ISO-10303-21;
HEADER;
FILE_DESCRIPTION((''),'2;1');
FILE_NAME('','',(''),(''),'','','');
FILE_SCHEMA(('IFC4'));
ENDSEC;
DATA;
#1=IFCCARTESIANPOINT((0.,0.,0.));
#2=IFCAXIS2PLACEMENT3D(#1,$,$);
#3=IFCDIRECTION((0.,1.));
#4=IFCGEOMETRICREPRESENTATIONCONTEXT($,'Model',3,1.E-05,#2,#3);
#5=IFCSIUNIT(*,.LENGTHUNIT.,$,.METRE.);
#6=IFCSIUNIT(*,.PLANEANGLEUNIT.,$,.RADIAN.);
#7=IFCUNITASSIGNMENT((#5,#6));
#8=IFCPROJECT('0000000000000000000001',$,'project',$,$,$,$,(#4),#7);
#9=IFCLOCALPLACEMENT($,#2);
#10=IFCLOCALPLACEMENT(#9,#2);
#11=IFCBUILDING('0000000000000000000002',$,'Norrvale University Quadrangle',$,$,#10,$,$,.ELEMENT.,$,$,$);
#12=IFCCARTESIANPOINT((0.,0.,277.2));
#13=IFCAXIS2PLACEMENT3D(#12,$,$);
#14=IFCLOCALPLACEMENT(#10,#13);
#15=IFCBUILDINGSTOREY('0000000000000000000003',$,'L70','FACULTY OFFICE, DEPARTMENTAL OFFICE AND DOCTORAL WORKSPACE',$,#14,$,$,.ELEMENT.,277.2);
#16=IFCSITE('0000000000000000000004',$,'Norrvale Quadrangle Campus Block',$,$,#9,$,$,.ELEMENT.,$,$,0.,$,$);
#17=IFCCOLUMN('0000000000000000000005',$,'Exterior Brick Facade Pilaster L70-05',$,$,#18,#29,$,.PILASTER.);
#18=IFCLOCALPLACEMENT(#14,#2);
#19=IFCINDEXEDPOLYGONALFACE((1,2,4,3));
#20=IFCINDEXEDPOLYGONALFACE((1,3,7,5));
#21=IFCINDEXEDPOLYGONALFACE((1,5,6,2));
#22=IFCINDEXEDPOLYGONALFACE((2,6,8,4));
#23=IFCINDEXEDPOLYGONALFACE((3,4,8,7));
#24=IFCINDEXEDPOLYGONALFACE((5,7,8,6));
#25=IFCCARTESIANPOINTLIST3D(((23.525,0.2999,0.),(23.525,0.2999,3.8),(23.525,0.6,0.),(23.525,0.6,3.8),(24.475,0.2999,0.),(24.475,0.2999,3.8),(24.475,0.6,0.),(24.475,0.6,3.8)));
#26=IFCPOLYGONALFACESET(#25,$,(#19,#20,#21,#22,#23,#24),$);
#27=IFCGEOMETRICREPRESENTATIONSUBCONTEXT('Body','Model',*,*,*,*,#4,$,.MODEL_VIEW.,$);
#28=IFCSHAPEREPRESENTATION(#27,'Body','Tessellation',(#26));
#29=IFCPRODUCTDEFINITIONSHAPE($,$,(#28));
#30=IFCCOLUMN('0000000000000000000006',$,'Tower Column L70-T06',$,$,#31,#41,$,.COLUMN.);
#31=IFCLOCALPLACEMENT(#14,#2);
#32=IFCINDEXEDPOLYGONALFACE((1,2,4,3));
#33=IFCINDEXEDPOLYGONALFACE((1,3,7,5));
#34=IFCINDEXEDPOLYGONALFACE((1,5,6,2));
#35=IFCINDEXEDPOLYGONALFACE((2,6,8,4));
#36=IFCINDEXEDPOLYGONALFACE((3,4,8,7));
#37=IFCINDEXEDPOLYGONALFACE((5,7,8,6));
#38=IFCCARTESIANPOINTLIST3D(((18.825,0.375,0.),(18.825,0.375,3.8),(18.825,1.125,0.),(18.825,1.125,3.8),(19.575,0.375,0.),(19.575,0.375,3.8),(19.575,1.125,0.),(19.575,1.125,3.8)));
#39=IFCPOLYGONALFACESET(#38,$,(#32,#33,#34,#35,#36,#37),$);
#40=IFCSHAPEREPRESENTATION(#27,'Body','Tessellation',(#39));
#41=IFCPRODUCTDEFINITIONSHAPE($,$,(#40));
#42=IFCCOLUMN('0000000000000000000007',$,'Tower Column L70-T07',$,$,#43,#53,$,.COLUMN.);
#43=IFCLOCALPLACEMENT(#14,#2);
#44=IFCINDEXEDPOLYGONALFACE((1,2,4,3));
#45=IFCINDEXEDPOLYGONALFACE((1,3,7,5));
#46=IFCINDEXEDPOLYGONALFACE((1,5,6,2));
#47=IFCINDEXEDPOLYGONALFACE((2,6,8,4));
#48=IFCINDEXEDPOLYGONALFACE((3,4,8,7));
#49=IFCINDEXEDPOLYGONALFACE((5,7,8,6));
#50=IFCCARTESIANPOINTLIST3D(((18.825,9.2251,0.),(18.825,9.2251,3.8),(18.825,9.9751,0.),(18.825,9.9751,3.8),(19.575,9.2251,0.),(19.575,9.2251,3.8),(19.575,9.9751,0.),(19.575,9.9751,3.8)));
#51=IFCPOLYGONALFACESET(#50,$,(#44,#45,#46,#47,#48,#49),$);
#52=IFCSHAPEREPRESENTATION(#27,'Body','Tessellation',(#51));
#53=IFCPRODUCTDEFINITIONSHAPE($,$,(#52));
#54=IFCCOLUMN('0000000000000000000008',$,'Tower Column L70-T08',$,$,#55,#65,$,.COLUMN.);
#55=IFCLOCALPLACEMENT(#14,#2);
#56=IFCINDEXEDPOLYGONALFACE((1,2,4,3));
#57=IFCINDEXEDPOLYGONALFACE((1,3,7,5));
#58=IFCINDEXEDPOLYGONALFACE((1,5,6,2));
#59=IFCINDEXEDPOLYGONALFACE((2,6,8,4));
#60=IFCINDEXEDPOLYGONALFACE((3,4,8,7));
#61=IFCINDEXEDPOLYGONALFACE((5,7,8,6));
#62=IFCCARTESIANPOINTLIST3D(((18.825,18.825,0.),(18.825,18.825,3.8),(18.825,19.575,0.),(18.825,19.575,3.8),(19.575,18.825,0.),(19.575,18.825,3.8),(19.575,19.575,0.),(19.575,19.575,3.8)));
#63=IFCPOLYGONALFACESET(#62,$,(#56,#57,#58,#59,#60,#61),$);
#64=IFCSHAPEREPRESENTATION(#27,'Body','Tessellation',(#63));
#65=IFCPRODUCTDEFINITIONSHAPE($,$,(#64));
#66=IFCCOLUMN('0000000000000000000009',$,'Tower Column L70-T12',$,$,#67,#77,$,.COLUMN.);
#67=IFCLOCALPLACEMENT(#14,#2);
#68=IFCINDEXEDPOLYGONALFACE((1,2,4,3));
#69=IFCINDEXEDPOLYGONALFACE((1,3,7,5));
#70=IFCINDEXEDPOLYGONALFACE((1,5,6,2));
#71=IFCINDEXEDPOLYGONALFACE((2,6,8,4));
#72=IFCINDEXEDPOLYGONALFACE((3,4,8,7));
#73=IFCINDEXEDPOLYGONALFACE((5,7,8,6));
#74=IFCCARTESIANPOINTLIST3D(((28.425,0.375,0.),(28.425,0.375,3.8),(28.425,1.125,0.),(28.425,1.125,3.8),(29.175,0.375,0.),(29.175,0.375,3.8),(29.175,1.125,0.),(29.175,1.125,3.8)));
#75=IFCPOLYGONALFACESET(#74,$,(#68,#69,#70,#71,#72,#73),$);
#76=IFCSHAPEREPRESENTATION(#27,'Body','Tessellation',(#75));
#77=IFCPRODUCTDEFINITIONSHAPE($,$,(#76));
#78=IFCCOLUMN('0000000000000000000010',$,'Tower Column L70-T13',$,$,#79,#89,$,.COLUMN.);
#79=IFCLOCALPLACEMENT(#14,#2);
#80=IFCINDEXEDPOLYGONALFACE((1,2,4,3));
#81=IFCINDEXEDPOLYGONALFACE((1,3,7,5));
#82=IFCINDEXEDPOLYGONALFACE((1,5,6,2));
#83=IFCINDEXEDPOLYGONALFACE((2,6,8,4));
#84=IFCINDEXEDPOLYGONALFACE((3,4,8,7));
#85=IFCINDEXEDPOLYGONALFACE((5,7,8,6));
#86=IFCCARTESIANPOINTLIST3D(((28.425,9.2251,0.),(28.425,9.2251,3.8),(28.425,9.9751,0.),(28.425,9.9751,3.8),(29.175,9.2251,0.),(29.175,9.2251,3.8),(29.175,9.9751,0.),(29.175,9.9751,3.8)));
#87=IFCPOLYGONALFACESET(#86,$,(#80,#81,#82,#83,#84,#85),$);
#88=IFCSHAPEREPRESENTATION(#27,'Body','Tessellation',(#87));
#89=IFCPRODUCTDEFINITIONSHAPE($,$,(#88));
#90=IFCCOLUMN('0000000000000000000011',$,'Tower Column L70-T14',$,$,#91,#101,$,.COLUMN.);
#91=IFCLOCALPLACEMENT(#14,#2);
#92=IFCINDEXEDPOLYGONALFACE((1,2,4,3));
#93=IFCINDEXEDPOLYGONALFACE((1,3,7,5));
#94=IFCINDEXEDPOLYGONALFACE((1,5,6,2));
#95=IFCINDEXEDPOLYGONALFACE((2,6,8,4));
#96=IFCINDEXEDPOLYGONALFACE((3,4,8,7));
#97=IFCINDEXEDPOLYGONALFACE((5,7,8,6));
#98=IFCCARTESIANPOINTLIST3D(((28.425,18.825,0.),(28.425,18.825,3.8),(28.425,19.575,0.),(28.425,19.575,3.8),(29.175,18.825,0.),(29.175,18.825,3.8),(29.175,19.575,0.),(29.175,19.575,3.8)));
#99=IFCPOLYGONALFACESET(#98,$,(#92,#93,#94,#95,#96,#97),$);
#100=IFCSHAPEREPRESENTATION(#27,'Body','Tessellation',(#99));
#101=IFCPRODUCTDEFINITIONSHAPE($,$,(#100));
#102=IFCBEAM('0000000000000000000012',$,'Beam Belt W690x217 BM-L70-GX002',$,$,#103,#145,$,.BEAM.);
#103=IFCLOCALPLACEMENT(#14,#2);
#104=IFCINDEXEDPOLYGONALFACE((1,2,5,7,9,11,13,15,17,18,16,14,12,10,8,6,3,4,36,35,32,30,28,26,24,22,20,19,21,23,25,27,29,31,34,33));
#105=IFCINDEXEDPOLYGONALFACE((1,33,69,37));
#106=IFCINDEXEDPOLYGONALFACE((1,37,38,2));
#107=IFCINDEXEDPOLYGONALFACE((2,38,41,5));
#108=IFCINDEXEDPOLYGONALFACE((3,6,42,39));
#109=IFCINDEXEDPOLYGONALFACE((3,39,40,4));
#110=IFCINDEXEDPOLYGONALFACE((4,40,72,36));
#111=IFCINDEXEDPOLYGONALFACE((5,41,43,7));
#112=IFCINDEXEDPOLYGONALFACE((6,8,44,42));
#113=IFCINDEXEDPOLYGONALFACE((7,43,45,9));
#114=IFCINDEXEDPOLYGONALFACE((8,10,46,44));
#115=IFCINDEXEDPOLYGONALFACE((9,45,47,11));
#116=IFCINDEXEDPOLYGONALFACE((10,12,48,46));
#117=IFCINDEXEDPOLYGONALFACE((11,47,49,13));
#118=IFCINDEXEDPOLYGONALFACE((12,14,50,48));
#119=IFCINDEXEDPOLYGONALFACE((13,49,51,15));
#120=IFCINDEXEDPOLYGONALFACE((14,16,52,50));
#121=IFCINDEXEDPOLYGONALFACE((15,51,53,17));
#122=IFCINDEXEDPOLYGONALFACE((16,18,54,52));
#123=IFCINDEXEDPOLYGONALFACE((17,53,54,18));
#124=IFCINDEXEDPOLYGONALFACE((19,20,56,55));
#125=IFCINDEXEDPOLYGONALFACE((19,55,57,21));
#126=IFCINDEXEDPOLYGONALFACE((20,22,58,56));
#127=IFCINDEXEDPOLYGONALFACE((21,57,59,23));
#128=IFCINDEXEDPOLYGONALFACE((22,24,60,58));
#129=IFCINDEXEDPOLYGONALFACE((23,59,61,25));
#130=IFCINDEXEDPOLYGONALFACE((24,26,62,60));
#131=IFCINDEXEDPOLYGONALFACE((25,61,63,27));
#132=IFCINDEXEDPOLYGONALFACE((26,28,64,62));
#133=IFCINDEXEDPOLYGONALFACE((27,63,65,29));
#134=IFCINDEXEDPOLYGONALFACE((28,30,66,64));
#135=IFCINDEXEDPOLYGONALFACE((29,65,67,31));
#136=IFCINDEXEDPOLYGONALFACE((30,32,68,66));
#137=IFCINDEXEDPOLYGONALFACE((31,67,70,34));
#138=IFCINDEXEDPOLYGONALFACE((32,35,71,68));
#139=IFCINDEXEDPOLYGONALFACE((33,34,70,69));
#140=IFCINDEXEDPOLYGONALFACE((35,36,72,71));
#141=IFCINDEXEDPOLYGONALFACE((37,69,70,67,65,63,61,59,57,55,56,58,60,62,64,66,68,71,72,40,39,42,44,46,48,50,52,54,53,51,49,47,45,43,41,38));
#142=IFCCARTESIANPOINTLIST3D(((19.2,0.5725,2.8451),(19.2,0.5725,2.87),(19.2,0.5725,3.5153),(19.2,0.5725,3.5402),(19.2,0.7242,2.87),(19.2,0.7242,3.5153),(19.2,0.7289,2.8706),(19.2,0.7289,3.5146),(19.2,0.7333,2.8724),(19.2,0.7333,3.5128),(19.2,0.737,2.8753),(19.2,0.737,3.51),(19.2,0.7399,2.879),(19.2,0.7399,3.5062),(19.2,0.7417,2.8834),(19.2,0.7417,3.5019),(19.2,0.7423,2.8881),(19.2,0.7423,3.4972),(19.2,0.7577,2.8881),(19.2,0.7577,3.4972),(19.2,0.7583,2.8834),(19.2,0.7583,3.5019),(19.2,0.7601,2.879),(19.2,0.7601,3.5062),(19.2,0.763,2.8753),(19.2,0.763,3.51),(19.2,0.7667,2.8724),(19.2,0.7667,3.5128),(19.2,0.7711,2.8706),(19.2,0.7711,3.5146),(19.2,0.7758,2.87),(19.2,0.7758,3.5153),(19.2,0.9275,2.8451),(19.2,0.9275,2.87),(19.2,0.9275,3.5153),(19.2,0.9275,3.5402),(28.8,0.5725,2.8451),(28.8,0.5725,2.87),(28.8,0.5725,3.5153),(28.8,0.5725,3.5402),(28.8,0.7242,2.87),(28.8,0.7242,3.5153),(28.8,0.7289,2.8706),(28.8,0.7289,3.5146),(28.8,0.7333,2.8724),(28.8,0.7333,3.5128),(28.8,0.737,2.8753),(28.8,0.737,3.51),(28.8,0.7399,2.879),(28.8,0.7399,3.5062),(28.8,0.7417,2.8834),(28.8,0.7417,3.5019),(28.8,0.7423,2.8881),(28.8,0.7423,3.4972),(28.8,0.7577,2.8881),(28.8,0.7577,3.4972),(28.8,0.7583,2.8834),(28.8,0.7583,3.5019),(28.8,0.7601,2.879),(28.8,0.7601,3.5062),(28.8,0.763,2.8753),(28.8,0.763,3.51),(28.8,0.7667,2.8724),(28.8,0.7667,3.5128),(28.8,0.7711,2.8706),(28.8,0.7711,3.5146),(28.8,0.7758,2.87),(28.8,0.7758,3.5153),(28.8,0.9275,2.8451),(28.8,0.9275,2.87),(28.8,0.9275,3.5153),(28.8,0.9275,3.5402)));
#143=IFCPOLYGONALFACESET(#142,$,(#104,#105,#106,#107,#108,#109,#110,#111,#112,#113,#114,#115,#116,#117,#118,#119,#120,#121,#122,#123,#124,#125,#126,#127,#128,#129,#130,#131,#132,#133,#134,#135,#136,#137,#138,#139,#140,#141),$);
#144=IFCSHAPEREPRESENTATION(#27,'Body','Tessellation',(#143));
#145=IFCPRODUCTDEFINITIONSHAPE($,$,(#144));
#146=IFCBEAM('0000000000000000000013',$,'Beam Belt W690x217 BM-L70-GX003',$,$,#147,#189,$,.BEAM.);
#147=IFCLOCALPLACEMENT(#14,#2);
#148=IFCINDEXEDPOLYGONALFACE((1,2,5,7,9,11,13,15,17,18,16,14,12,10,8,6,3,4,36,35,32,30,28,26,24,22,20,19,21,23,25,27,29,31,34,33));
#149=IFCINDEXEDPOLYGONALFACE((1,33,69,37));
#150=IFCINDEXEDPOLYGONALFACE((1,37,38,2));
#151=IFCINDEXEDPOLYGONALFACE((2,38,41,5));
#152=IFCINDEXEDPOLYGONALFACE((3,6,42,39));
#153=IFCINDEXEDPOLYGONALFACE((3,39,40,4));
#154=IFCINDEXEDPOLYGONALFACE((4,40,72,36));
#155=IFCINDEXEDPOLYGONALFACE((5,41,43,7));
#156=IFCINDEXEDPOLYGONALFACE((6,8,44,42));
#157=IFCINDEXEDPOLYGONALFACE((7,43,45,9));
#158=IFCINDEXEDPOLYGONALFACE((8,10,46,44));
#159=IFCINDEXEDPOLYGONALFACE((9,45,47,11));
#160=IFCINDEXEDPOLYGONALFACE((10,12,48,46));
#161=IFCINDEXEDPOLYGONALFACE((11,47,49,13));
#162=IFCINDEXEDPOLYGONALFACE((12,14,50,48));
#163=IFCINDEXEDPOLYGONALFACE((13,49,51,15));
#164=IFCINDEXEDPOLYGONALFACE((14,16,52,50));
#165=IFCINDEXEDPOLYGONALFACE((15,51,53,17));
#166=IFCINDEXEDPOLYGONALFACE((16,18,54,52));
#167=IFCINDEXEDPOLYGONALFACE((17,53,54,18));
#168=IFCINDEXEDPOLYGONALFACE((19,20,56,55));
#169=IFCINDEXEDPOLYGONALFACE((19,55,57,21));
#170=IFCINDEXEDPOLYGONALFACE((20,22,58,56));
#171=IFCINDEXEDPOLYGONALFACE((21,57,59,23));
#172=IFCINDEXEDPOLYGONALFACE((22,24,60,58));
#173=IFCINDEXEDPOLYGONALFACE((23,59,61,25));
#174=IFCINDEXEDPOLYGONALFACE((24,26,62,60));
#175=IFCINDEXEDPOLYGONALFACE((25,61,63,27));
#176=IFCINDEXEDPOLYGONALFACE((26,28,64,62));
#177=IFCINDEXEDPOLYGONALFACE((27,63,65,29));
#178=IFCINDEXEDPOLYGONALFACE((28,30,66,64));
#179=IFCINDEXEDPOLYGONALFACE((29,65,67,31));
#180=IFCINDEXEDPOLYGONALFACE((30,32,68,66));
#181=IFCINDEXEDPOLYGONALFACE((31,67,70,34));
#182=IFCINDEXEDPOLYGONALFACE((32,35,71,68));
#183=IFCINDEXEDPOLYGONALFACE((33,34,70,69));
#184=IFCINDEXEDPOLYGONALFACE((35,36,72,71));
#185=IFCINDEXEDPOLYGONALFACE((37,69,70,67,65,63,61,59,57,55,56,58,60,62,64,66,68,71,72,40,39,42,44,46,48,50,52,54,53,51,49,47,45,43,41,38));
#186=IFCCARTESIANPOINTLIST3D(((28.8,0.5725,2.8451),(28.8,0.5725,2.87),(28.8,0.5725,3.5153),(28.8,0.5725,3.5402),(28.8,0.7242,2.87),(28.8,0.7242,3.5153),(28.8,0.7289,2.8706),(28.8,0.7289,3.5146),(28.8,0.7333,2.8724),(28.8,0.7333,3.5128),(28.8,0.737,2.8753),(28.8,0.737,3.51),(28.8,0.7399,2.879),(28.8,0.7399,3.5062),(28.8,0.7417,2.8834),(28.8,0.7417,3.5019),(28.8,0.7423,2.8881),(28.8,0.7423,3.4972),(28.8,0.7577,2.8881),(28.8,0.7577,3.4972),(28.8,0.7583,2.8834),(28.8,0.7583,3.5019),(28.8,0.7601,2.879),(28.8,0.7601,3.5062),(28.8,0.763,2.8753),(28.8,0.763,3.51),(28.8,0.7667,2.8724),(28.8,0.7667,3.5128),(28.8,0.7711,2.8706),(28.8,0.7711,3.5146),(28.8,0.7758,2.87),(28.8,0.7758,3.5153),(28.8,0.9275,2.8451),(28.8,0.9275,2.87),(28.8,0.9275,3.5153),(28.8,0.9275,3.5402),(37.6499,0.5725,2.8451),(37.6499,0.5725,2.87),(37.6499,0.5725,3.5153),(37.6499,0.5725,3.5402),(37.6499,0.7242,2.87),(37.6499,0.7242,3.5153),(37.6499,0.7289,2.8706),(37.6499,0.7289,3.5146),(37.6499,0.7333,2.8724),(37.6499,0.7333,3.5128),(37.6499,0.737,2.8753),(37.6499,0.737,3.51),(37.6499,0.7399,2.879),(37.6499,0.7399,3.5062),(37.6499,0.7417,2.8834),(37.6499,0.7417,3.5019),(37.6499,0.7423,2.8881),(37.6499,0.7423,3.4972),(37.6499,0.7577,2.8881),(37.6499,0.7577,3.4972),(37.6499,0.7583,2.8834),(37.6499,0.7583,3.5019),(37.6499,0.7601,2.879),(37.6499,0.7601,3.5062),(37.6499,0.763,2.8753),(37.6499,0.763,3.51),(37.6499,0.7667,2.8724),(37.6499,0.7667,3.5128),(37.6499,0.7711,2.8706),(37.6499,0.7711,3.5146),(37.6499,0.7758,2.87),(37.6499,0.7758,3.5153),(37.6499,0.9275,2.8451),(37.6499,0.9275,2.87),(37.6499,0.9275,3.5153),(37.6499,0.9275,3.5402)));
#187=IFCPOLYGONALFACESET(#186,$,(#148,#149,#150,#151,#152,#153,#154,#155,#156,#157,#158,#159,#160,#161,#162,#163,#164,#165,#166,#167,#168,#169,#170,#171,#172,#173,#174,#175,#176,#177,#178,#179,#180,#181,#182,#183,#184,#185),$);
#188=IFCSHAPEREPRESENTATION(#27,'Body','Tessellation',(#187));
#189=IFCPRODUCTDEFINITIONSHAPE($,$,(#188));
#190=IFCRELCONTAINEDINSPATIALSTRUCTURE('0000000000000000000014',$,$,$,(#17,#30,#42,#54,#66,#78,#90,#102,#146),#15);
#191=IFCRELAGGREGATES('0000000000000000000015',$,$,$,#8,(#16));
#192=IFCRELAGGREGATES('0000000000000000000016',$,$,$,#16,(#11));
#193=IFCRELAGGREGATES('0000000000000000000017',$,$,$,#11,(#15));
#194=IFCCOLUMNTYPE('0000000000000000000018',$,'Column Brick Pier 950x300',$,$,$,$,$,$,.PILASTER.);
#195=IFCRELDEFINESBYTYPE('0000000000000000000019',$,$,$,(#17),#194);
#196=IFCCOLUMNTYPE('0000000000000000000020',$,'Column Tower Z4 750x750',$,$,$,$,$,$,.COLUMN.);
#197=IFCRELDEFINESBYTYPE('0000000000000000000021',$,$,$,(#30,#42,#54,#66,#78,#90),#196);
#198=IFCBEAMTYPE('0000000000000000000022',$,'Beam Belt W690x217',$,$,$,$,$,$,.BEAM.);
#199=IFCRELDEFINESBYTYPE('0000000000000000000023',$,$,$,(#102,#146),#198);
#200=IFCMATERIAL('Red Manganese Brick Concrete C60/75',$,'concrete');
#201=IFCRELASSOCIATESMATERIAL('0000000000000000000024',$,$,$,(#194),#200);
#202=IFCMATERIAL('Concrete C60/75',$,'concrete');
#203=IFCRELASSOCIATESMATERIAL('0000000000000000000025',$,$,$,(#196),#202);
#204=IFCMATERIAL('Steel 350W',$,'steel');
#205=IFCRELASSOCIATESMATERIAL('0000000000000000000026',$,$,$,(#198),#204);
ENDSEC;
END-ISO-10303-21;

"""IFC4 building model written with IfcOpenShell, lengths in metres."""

from ifc_helpers import new_model, si_unit, direction, frame, origin, origin_2d, place, context, subcontext, project, spatial, rectangle, i_section, extrude, material, material_profile, profile_set, type_object, element, save


model = new_model("IFC4")

# Units and contexts
model_context = context("Model", 3, precision=1e-05, world=origin(), true_north=direction((0.0, 1.0)))
body_context = subcontext(model_context, "Body", "Model", "MODEL_VIEW")
ifc_project = project(units=[si_unit("LENGTHUNIT", "METRE"), si_unit("PLANEANGLEUNIT", "RADIAN")], contexts=[model_context])

# Site, building, storey
site_placement = place(None, origin())
site = spatial("IfcSite", under=ifc_project, at=site_placement, Name="Norrvale Quadrangle Campus Block", CompositionType="ELEMENT", RefElevation=0.0)
building_placement = place(site_placement, origin())
building = spatial("IfcBuilding", under=site, at=building_placement, Name="Norrvale University Quadrangle", CompositionType="ELEMENT")
storey_placement = place(building_placement, frame((0.0, 0.0, 277.2)))
storey = spatial("IfcBuildingStorey", under=building, at=storey_placement, Name="L70", Description="FACULTY OFFICE, DEPARTMENTAL OFFICE AND DOCTORAL WORKSPACE", CompositionType="ELEMENT", Elevation=277.2)

# Columns
ifc_material_1 = material(Name="Red Manganese Brick Concrete C60/75", Category="concrete")
ifc_material_profile_1 = material_profile(ifc_material_1, rectangle(XDim=0.95, YDim=0.3, at=origin_2d()), Name="Red Manganese Brick Concrete C60/75")
ifc_profile_set_1 = profile_set([ifc_material_profile_1], Name="Red Manganese Brick Concrete C60/75")
column_type_1 = type_object("IfcColumnType", Name="Column Brick Pier 950x300", PredefinedType="PILASTER", material=ifc_profile_set_1)
column_placement = place(storey_placement, frame((24.0, 0.45, 0.0), z_axis=(0.0, 0.0, 1.0), x_axis=(1.0, 0.0, 0.0)))
element("IfcColumn", 1, at=column_placement, inside=storey, type_object=column_type_1, Name="Exterior Brick Facade Pilaster L70-05", PredefinedType="PILASTER", context=body_context, shape_type="SweptSolid", body=[
    extrude(rectangle(XDim=0.95, YDim=0.3, at=origin_2d()), origin(), (0.0, 0.0, 1.0), 3.8),
])
ifc_material_2 = material(Name="Concrete C60/75", Category="concrete")
ifc_material_profile_2 = material_profile(ifc_material_2, rectangle(XDim=0.75, YDim=0.75, at=origin_2d()), Name="Concrete C60/75")
ifc_profile_set_2 = profile_set([ifc_material_profile_2], Name="Concrete C60/75")
column_type_2 = type_object("IfcColumnType", Name="Column Tower Z4 750x750", PredefinedType="COLUMN", material=ifc_profile_set_2)
for number, where, z_axis, x_axis, name in (
    (2, (19.2, 0.75, 0.0), (0.0, 0.0, 1.0), (1.0, 0.0, 0.0), "Tower Column L70-T06"),
    (3, (19.2, 9.6001, 0.0), (0.0, 0.0, 1.0), (1.0, 0.0, 0.0), "Tower Column L70-T07"),
    (4, (19.2, 19.2, 0.0), (0.0, 0.0, 1.0), (1.0, 0.0, 0.0), "Tower Column L70-T08"),
    (5, (28.8, 0.75, 0.0), (0.0, 0.0, 1.0), (1.0, 0.0, 0.0), "Tower Column L70-T12"),
    (6, (28.8, 9.6001, 0.0), (0.0, 0.0, 1.0), (1.0, 0.0, 0.0), "Tower Column L70-T13"),
    (7, (28.8, 19.2, 0.0), (0.0, 0.0, 1.0), (1.0, 0.0, 0.0), "Tower Column L70-T14"),
):
    element("IfcColumn", number, at=place(storey_placement, frame(where, z_axis=z_axis, x_axis=x_axis)), inside=storey, type_object=column_type_2, Name=name, PredefinedType="COLUMN", context=body_context, shape_type="SweptSolid", body=[
        extrude(rectangle(XDim=0.75, YDim=0.75, at=origin_2d()), origin(), (0.0, 0.0, 1.0), 3.8),
    ])

# Beams
ifc_material_3 = material(Name="Steel 350W", Category="steel")
ifc_material_profile_3 = material_profile(ifc_material_3, i_section(OverallWidth=0.355, OverallDepth=0.6951, WebThickness=0.0154, FlangeThickness=0.0249, FilletRadius=0.0181, at=origin_2d()), Name="Steel 350W")
ifc_profile_set_3 = profile_set([ifc_material_profile_3], Name="Steel 350W")
beam_type_1 = type_object("IfcBeamType", Name="Beam Belt W690x217", PredefinedType="BEAM", material=ifc_profile_set_3)
beam_1_placement = place(storey_placement, frame((19.2, 0.75, 3.1926), z_axis=(1.0, 0.0, 0.0), x_axis=(0.0, 1.0, 0.0)))
element("IfcBeam", 8, at=beam_1_placement, inside=storey, type_object=beam_type_1, Name="Beam Belt W690x217 BM-L70-GX002", PredefinedType="BEAM", context=body_context, shape_type="SweptSolid", body=[
    extrude(i_section(OverallWidth=0.355, OverallDepth=0.6951, WebThickness=0.0154, FlangeThickness=0.0249, FilletRadius=0.0181, at=origin_2d()), origin(), (0.0, 0.0, 1.0), 9.6001),
])
beam_2_placement = place(storey_placement, frame((28.8, 0.75, 3.1926), z_axis=(1.0, 0.0, 0.0), x_axis=(0.0, 1.0, 0.0)))
element("IfcBeam", 9, at=beam_2_placement, inside=storey, type_object=beam_type_1, Name="Beam Belt W690x217 BM-L70-GX003", PredefinedType="BEAM", context=body_context, shape_type="SweptSolid", body=[
    extrude(i_section(OverallWidth=0.355, OverallDepth=0.6951, WebThickness=0.0154, FlangeThickness=0.0249, FilletRadius=0.0181, at=origin_2d()), origin(), (0.0, 0.0, 1.0), 8.8499),
])

save(model, "model.ifc")
